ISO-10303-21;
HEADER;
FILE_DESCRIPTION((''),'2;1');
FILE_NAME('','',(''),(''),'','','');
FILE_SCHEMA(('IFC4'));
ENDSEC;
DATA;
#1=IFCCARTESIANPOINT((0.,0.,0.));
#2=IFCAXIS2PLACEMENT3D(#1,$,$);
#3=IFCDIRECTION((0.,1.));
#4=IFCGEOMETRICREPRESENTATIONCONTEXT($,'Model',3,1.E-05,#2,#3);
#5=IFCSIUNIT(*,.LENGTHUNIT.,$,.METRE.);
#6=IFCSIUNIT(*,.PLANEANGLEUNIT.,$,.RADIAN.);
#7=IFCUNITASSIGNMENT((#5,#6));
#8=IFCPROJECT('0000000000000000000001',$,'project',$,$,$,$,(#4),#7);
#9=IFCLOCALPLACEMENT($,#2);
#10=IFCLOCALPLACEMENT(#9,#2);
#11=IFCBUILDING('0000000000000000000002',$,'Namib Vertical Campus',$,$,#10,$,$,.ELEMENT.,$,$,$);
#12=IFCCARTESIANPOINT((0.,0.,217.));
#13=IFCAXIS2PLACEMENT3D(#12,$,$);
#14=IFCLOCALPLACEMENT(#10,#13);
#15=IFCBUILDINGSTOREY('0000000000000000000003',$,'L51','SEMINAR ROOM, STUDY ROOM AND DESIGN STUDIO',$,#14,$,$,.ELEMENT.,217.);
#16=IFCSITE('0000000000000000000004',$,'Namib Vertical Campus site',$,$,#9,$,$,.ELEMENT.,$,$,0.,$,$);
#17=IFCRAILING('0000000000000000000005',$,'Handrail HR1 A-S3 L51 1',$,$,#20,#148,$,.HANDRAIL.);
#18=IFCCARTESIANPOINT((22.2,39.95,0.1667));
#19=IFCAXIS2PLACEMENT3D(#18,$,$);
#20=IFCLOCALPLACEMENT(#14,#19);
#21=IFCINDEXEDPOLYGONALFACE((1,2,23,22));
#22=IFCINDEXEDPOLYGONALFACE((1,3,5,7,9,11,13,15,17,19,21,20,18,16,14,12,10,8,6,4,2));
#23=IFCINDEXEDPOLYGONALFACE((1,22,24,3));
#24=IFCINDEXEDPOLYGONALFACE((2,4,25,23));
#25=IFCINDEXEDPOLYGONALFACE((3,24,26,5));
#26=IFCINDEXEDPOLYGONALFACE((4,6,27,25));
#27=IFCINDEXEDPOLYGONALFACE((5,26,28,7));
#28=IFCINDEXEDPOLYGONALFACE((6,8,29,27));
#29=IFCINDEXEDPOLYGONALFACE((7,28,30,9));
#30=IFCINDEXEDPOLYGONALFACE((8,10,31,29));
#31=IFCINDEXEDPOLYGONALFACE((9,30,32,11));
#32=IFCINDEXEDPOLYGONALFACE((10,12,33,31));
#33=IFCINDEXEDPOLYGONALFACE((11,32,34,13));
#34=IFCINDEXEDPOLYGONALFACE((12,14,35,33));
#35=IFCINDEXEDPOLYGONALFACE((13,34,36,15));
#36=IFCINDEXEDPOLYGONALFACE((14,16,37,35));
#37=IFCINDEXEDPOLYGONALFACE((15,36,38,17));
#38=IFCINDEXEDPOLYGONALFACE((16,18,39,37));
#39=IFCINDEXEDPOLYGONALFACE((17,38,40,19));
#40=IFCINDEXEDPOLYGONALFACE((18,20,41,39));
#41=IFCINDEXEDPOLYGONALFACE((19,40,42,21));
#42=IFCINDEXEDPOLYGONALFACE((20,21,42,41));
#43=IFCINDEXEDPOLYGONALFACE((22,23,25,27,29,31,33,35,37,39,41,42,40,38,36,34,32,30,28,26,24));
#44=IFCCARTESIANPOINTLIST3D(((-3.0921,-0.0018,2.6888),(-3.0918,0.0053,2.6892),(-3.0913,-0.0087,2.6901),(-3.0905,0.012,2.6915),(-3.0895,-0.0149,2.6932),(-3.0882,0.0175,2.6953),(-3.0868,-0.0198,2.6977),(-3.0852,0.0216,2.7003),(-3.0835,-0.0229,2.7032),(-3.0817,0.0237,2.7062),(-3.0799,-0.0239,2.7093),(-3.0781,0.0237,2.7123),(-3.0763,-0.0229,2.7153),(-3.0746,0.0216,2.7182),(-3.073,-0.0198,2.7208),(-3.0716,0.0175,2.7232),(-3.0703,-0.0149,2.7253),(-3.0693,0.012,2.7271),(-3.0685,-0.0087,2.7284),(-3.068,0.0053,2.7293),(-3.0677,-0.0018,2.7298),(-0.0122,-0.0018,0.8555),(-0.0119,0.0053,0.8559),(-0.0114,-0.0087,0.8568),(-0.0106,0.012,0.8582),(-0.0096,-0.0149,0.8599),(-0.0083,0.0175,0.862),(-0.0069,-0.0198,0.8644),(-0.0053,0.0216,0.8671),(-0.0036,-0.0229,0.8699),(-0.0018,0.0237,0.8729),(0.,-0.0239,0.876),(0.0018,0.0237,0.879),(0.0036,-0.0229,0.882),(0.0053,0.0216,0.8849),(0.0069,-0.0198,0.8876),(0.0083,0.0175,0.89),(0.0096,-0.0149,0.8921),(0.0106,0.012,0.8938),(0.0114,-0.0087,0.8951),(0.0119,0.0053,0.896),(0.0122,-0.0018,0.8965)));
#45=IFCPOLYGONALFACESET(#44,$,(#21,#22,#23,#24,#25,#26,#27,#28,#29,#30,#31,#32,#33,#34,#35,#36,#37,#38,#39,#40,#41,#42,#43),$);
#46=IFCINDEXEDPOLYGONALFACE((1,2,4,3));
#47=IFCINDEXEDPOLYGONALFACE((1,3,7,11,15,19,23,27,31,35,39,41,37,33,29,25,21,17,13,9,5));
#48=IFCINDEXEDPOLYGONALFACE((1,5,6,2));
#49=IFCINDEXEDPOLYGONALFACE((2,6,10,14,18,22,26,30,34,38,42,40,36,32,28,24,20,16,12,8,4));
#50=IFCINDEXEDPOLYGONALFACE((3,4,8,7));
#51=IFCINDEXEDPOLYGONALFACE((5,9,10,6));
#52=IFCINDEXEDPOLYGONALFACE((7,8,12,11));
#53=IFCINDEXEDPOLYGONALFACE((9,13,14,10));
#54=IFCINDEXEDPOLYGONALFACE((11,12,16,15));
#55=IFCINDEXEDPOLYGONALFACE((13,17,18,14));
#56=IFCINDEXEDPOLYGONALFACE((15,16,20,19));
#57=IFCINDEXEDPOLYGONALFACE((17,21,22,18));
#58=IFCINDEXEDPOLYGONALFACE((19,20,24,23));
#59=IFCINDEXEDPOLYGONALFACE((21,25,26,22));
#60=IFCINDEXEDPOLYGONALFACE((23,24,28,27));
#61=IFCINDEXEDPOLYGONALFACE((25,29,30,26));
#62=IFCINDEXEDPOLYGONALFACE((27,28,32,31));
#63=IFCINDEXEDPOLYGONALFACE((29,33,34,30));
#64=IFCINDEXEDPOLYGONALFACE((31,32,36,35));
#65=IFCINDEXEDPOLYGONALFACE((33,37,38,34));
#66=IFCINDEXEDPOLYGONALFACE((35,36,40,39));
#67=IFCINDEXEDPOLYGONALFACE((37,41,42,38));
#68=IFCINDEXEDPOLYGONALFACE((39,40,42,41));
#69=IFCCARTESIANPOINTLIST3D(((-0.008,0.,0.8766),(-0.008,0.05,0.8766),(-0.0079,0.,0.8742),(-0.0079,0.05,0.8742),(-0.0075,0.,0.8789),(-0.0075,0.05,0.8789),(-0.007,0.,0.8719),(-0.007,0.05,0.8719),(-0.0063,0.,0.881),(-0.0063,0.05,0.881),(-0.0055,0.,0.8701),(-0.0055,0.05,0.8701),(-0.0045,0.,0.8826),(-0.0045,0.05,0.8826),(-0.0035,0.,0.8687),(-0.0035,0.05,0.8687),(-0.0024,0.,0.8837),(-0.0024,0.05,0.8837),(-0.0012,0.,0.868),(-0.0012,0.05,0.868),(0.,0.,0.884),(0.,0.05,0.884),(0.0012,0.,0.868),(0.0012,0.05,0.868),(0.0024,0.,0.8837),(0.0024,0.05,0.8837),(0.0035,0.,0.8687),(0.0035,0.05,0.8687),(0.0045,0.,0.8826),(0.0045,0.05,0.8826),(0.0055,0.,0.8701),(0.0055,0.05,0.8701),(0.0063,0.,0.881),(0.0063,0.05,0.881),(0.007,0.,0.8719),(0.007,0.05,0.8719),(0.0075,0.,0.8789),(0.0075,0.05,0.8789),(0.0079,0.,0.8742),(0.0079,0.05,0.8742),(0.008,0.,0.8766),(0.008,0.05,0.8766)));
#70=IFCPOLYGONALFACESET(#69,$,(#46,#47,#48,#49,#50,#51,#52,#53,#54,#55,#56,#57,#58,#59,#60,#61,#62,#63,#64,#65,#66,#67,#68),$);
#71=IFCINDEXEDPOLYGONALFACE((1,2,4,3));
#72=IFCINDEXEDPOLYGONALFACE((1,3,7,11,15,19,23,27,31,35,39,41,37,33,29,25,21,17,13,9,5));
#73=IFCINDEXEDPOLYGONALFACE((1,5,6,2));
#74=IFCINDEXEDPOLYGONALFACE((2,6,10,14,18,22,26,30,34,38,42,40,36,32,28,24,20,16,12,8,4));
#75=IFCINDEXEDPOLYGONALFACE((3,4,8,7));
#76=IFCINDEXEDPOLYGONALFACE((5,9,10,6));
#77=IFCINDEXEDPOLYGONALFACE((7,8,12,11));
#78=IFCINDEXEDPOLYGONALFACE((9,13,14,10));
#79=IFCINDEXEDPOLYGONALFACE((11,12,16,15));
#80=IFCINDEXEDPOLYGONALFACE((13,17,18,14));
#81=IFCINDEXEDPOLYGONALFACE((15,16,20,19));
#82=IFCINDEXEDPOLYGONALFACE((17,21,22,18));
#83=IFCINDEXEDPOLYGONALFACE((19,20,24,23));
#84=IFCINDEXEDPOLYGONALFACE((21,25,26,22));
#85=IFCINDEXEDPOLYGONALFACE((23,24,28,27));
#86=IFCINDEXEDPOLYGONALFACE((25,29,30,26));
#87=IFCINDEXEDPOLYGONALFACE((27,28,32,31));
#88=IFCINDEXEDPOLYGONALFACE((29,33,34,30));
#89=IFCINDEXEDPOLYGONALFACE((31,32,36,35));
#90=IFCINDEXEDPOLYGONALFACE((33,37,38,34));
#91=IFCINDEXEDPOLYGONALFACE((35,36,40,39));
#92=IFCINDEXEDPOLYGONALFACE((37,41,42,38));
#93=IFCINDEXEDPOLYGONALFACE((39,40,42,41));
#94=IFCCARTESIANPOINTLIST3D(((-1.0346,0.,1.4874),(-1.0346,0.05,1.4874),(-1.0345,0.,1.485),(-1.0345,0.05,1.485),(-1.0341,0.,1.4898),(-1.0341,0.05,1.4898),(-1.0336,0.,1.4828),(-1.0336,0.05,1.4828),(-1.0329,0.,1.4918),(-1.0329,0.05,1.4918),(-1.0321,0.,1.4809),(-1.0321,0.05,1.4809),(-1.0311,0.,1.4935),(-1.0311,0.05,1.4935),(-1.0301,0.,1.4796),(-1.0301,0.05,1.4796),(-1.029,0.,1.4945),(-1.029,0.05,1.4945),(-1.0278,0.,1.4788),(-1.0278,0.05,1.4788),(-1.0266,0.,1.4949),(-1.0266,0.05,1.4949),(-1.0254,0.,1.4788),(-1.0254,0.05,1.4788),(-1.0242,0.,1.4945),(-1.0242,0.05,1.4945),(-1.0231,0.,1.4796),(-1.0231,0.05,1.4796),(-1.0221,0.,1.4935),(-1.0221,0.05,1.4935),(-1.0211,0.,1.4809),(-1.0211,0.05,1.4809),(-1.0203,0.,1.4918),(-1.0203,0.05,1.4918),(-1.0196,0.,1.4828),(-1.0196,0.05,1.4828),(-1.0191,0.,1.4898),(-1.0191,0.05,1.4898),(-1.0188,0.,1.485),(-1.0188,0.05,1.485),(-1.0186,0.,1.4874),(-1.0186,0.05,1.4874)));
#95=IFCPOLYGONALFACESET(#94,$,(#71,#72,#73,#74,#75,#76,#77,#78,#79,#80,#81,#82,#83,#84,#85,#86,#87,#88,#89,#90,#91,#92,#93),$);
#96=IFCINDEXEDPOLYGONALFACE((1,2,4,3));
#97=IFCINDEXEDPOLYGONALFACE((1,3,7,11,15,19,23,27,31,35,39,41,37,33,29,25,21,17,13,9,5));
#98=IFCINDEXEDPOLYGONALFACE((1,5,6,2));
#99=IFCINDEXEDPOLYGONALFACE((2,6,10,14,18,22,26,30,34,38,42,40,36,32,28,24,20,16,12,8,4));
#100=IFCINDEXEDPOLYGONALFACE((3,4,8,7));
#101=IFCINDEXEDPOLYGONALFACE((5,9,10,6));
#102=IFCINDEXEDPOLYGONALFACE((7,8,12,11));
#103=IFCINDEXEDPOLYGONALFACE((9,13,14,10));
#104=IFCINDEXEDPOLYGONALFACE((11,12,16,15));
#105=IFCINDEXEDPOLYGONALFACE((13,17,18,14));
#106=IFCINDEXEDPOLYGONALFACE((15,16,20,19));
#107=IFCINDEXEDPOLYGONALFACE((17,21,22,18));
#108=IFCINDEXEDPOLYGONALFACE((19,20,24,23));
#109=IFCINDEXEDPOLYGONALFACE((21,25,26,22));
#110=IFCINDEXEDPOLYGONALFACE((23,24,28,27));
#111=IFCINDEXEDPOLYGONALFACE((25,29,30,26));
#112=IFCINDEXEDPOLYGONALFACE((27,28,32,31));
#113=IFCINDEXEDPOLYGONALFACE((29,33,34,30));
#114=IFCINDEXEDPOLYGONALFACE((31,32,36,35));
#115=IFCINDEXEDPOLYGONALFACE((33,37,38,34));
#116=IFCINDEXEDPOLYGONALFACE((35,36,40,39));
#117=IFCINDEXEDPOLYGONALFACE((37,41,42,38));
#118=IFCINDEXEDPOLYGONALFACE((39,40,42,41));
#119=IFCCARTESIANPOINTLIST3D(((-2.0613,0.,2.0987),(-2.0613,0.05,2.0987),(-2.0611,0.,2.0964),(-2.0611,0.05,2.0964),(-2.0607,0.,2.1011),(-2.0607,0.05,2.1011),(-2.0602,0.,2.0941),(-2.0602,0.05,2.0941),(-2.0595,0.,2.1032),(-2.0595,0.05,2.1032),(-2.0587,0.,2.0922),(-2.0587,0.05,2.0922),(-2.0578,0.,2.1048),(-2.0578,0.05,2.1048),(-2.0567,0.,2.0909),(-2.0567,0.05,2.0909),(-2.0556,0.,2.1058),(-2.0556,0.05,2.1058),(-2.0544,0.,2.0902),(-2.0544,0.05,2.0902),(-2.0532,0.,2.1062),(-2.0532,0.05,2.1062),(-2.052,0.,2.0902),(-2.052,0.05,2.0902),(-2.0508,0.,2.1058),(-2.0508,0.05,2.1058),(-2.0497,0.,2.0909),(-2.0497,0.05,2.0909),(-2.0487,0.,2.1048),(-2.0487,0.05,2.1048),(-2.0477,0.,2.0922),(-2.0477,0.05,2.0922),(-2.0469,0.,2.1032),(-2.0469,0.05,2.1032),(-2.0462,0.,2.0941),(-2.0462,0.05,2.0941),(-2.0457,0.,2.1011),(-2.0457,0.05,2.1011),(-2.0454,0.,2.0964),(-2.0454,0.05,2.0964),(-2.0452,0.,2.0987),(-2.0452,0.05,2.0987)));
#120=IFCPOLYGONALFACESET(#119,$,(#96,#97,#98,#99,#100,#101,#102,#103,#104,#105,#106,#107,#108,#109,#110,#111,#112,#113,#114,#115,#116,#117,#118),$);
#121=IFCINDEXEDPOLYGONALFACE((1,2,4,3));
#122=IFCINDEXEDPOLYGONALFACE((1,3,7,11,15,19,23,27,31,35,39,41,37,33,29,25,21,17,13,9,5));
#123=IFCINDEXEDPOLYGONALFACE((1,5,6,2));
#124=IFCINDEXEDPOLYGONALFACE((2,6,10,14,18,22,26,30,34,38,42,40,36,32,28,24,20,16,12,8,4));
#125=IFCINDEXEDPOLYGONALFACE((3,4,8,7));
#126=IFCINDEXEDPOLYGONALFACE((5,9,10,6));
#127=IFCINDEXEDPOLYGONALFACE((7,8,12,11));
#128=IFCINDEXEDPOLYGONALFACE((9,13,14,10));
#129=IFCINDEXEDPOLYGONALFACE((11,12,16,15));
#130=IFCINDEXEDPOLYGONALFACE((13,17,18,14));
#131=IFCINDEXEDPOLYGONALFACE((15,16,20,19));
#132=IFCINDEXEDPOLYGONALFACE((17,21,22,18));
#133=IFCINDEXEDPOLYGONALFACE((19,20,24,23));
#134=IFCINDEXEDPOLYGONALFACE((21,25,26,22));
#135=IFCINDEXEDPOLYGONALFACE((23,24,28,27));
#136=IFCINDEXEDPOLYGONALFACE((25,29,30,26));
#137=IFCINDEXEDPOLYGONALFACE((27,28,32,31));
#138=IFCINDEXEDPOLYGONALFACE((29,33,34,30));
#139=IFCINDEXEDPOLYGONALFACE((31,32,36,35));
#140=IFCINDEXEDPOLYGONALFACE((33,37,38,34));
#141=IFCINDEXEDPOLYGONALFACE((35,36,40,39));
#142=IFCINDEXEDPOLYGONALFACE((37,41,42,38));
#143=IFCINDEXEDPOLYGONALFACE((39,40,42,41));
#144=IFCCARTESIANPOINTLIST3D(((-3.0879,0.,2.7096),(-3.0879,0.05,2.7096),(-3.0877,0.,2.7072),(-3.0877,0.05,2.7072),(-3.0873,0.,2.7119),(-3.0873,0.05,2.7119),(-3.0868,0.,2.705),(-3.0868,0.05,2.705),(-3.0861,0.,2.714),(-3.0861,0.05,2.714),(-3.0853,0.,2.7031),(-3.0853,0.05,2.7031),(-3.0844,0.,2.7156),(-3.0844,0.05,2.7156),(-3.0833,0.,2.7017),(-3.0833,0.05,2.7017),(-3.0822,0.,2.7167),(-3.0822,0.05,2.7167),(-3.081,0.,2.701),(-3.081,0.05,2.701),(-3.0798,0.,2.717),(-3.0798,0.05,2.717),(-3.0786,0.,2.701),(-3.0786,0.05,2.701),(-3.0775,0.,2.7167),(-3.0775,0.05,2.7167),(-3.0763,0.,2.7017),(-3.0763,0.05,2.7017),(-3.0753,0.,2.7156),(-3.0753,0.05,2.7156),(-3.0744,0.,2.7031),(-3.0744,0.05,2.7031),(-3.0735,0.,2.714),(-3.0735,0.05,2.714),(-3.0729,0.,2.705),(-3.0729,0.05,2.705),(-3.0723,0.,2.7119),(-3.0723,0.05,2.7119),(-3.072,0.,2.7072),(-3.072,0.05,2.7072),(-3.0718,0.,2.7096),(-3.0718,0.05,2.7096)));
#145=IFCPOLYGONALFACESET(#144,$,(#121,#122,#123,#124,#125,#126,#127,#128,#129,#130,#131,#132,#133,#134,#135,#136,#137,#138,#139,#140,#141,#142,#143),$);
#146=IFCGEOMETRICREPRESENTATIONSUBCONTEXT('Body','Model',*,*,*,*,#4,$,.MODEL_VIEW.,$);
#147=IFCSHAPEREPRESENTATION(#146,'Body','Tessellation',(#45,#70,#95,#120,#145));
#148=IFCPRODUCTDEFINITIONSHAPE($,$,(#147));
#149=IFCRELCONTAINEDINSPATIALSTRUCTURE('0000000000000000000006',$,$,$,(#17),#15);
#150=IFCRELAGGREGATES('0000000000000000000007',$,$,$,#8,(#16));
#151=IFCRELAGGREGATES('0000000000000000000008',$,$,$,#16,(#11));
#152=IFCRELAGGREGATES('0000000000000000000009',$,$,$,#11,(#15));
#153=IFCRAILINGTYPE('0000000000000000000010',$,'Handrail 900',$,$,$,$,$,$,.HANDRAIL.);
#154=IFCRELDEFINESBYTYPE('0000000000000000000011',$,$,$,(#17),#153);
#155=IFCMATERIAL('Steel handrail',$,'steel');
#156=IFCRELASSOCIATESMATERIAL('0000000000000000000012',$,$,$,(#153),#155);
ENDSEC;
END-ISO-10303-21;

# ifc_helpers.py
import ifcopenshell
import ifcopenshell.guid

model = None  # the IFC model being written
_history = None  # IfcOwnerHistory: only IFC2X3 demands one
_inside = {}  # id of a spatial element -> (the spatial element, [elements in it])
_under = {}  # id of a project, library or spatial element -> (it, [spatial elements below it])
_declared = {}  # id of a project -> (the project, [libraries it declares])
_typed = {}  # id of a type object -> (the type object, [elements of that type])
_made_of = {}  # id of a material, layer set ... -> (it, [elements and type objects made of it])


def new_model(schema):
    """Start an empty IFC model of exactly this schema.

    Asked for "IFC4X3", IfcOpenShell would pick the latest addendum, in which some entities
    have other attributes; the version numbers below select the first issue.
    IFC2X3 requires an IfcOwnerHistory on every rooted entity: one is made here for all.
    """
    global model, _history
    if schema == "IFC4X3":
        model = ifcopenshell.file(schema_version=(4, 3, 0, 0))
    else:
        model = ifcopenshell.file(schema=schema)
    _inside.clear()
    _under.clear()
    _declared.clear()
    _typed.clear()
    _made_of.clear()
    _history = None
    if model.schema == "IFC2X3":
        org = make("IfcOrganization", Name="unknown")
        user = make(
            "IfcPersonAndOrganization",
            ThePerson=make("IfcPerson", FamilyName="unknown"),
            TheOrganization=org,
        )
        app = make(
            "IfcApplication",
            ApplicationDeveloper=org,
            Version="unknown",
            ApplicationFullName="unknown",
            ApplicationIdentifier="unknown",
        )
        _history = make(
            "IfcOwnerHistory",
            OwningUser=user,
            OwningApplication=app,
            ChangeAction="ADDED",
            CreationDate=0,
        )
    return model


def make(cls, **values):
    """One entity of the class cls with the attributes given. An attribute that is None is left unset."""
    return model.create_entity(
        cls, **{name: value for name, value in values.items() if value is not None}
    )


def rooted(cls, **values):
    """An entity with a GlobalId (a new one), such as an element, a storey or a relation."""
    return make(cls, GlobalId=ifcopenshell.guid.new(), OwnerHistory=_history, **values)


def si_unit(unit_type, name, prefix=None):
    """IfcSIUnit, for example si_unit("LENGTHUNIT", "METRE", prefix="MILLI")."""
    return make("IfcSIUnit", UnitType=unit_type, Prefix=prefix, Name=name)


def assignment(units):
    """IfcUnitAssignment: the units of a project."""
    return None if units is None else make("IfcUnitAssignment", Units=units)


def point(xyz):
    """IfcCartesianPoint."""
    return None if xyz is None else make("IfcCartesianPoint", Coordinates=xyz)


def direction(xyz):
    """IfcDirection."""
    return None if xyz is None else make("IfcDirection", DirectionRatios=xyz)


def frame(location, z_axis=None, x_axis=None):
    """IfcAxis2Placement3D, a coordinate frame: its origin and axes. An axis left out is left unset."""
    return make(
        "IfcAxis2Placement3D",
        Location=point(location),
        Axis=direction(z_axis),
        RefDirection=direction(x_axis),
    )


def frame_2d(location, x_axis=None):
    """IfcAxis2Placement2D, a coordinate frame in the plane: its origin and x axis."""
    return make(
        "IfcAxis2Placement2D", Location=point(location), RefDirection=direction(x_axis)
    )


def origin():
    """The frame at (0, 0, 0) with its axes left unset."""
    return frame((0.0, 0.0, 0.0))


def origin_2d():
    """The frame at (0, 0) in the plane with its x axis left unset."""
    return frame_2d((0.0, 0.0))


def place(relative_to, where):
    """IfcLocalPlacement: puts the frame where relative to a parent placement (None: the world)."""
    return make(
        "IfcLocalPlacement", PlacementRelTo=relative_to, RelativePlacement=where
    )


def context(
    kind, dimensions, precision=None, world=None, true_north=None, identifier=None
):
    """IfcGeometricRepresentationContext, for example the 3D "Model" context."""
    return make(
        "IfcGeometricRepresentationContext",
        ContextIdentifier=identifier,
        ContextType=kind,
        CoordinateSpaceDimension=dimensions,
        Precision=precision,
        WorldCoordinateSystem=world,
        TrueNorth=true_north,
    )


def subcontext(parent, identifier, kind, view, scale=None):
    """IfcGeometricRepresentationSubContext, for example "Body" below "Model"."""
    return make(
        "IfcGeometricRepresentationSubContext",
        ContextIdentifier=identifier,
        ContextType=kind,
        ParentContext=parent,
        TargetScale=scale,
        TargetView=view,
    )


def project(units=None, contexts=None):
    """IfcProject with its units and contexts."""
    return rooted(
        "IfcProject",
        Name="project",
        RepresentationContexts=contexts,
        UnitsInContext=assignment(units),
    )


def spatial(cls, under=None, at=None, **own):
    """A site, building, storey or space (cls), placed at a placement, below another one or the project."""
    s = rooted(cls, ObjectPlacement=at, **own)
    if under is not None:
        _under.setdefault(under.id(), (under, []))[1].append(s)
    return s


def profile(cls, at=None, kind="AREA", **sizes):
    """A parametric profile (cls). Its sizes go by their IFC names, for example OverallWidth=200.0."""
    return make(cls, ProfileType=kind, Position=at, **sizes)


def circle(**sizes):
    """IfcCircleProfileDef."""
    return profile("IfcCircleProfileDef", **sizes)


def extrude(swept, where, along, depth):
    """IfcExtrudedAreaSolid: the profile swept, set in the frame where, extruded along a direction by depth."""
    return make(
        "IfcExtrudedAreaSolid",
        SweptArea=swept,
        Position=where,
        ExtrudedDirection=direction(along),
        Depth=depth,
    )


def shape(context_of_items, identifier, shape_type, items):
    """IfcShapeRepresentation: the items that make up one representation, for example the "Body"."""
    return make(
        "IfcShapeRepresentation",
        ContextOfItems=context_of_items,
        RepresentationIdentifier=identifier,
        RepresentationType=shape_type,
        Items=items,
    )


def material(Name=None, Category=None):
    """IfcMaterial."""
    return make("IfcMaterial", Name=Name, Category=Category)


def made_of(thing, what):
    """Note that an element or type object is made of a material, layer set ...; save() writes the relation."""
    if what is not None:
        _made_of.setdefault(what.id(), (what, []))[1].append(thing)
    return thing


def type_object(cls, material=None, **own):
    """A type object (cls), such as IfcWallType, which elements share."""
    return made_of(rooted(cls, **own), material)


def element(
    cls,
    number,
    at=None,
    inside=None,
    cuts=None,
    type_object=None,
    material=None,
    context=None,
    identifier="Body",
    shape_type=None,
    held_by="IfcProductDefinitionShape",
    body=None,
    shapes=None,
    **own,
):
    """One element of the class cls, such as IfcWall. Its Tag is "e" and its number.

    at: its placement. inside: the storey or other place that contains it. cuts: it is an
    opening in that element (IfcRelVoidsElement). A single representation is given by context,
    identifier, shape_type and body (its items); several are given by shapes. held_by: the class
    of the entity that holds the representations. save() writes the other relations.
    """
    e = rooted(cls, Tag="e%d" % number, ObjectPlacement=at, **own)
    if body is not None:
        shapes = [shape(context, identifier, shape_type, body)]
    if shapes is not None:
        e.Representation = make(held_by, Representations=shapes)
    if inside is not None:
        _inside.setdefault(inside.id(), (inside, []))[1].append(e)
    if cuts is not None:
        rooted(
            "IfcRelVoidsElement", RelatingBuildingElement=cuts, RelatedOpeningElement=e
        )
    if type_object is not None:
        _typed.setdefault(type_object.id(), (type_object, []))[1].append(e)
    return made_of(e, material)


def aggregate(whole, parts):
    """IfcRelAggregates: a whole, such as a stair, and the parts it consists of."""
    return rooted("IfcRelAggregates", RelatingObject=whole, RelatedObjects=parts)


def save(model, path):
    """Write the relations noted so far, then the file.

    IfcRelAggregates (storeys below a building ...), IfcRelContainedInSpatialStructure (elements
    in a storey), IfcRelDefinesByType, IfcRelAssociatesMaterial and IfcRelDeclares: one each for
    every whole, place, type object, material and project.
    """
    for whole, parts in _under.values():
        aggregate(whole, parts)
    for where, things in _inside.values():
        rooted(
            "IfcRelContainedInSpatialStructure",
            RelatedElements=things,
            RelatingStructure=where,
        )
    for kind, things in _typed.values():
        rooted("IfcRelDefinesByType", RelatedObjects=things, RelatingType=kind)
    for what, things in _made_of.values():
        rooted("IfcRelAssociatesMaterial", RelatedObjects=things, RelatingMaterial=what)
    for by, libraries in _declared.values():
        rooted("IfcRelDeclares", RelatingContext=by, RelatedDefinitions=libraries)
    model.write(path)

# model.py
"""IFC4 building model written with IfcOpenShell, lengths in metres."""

from ifc_helpers import new_model, si_unit, direction, frame, origin, origin_2d, place, context, subcontext, project, spatial, circle, extrude, material, type_object, element, save


model = new_model("IFC4")

# Units and contexts
model_context = context("Model", 3, precision=1e-05, world=origin(), true_north=direction((0.0, 1.0)))
body_context = subcontext(model_context, "Body", "Model", "MODEL_VIEW")
ifc_project = project(units=[si_unit("LENGTHUNIT", "METRE"), si_unit("PLANEANGLEUNIT", "RADIAN")], contexts=[model_context])

# Site, building, storey
site_placement = place(None, origin())
site = spatial("IfcSite", under=ifc_project, at=site_placement, Name="Namib Vertical Campus site", CompositionType="ELEMENT", RefElevation=0.0)
building_placement = place(site_placement, origin())
building = spatial("IfcBuilding", under=site, at=building_placement, Name="Namib Vertical Campus", CompositionType="ELEMENT")
storey_placement = place(building_placement, frame((0.0, 0.0, 217.0)))
storey = spatial("IfcBuildingStorey", under=building, at=storey_placement, Name="L51", Description="SEMINAR ROOM, STUDY ROOM AND DESIGN STUDIO", CompositionType="ELEMENT", Elevation=217.0)

# Railing
ifc_material_1 = material(Name="Steel handrail", Category="steel")
railing_type_1 = type_object("IfcRailingType", Name="Handrail 900", PredefinedType="HANDRAIL", material=ifc_material_1)
railing_1_placement = place(storey_placement, frame((22.2, 39.95, 0.1667)))
element("IfcRailing", 1, at=railing_1_placement, inside=storey, type_object=railing_type_1, Name="Handrail HR1 A-S3 L51 1", PredefinedType="HANDRAIL", context=body_context, shape_type="SweptSolid", body=[
    extrude(circle(Radius=0.0239, at=origin_2d()), frame((0.0, 0.0, 0.876), z_axis=(-0.859291, 0.0, 0.511487), x_axis=(0.0, -1.0, 0.0)), (0.0, 0.0, 1.0), 3.5842),
    extrude(circle(Radius=0.0081, at=origin_2d()), frame((0.0, 0.0, 0.876), z_axis=(0.0, 1.0, 0.0), x_axis=(0.0, 0.0, 1.0)), (0.0, 0.0, 1.0), 0.05),
    extrude(circle(Radius=0.0081, at=origin_2d()), frame((-1.0266, 0.0, 1.4868), z_axis=(0.0, 1.0, 0.0), x_axis=(0.0, 0.0, 1.0)), (0.0, 0.0, 1.0), 0.05),
    extrude(circle(Radius=0.0081, at=origin_2d()), frame((-2.0532, 0.0, 2.0981), z_axis=(0.0, 1.0, 0.0), x_axis=(0.0, 0.0, 1.0)), (0.0, 0.0, 1.0), 0.05),
    extrude(circle(Radius=0.0081, at=origin_2d()), frame((-3.0798, 0.0, 2.709), z_axis=(0.0, 1.0, 0.0), x_axis=(0.0, 0.0, 1.0)), (0.0, 0.0, 1.0), 0.05),
])

save(model, "model.ifc")
